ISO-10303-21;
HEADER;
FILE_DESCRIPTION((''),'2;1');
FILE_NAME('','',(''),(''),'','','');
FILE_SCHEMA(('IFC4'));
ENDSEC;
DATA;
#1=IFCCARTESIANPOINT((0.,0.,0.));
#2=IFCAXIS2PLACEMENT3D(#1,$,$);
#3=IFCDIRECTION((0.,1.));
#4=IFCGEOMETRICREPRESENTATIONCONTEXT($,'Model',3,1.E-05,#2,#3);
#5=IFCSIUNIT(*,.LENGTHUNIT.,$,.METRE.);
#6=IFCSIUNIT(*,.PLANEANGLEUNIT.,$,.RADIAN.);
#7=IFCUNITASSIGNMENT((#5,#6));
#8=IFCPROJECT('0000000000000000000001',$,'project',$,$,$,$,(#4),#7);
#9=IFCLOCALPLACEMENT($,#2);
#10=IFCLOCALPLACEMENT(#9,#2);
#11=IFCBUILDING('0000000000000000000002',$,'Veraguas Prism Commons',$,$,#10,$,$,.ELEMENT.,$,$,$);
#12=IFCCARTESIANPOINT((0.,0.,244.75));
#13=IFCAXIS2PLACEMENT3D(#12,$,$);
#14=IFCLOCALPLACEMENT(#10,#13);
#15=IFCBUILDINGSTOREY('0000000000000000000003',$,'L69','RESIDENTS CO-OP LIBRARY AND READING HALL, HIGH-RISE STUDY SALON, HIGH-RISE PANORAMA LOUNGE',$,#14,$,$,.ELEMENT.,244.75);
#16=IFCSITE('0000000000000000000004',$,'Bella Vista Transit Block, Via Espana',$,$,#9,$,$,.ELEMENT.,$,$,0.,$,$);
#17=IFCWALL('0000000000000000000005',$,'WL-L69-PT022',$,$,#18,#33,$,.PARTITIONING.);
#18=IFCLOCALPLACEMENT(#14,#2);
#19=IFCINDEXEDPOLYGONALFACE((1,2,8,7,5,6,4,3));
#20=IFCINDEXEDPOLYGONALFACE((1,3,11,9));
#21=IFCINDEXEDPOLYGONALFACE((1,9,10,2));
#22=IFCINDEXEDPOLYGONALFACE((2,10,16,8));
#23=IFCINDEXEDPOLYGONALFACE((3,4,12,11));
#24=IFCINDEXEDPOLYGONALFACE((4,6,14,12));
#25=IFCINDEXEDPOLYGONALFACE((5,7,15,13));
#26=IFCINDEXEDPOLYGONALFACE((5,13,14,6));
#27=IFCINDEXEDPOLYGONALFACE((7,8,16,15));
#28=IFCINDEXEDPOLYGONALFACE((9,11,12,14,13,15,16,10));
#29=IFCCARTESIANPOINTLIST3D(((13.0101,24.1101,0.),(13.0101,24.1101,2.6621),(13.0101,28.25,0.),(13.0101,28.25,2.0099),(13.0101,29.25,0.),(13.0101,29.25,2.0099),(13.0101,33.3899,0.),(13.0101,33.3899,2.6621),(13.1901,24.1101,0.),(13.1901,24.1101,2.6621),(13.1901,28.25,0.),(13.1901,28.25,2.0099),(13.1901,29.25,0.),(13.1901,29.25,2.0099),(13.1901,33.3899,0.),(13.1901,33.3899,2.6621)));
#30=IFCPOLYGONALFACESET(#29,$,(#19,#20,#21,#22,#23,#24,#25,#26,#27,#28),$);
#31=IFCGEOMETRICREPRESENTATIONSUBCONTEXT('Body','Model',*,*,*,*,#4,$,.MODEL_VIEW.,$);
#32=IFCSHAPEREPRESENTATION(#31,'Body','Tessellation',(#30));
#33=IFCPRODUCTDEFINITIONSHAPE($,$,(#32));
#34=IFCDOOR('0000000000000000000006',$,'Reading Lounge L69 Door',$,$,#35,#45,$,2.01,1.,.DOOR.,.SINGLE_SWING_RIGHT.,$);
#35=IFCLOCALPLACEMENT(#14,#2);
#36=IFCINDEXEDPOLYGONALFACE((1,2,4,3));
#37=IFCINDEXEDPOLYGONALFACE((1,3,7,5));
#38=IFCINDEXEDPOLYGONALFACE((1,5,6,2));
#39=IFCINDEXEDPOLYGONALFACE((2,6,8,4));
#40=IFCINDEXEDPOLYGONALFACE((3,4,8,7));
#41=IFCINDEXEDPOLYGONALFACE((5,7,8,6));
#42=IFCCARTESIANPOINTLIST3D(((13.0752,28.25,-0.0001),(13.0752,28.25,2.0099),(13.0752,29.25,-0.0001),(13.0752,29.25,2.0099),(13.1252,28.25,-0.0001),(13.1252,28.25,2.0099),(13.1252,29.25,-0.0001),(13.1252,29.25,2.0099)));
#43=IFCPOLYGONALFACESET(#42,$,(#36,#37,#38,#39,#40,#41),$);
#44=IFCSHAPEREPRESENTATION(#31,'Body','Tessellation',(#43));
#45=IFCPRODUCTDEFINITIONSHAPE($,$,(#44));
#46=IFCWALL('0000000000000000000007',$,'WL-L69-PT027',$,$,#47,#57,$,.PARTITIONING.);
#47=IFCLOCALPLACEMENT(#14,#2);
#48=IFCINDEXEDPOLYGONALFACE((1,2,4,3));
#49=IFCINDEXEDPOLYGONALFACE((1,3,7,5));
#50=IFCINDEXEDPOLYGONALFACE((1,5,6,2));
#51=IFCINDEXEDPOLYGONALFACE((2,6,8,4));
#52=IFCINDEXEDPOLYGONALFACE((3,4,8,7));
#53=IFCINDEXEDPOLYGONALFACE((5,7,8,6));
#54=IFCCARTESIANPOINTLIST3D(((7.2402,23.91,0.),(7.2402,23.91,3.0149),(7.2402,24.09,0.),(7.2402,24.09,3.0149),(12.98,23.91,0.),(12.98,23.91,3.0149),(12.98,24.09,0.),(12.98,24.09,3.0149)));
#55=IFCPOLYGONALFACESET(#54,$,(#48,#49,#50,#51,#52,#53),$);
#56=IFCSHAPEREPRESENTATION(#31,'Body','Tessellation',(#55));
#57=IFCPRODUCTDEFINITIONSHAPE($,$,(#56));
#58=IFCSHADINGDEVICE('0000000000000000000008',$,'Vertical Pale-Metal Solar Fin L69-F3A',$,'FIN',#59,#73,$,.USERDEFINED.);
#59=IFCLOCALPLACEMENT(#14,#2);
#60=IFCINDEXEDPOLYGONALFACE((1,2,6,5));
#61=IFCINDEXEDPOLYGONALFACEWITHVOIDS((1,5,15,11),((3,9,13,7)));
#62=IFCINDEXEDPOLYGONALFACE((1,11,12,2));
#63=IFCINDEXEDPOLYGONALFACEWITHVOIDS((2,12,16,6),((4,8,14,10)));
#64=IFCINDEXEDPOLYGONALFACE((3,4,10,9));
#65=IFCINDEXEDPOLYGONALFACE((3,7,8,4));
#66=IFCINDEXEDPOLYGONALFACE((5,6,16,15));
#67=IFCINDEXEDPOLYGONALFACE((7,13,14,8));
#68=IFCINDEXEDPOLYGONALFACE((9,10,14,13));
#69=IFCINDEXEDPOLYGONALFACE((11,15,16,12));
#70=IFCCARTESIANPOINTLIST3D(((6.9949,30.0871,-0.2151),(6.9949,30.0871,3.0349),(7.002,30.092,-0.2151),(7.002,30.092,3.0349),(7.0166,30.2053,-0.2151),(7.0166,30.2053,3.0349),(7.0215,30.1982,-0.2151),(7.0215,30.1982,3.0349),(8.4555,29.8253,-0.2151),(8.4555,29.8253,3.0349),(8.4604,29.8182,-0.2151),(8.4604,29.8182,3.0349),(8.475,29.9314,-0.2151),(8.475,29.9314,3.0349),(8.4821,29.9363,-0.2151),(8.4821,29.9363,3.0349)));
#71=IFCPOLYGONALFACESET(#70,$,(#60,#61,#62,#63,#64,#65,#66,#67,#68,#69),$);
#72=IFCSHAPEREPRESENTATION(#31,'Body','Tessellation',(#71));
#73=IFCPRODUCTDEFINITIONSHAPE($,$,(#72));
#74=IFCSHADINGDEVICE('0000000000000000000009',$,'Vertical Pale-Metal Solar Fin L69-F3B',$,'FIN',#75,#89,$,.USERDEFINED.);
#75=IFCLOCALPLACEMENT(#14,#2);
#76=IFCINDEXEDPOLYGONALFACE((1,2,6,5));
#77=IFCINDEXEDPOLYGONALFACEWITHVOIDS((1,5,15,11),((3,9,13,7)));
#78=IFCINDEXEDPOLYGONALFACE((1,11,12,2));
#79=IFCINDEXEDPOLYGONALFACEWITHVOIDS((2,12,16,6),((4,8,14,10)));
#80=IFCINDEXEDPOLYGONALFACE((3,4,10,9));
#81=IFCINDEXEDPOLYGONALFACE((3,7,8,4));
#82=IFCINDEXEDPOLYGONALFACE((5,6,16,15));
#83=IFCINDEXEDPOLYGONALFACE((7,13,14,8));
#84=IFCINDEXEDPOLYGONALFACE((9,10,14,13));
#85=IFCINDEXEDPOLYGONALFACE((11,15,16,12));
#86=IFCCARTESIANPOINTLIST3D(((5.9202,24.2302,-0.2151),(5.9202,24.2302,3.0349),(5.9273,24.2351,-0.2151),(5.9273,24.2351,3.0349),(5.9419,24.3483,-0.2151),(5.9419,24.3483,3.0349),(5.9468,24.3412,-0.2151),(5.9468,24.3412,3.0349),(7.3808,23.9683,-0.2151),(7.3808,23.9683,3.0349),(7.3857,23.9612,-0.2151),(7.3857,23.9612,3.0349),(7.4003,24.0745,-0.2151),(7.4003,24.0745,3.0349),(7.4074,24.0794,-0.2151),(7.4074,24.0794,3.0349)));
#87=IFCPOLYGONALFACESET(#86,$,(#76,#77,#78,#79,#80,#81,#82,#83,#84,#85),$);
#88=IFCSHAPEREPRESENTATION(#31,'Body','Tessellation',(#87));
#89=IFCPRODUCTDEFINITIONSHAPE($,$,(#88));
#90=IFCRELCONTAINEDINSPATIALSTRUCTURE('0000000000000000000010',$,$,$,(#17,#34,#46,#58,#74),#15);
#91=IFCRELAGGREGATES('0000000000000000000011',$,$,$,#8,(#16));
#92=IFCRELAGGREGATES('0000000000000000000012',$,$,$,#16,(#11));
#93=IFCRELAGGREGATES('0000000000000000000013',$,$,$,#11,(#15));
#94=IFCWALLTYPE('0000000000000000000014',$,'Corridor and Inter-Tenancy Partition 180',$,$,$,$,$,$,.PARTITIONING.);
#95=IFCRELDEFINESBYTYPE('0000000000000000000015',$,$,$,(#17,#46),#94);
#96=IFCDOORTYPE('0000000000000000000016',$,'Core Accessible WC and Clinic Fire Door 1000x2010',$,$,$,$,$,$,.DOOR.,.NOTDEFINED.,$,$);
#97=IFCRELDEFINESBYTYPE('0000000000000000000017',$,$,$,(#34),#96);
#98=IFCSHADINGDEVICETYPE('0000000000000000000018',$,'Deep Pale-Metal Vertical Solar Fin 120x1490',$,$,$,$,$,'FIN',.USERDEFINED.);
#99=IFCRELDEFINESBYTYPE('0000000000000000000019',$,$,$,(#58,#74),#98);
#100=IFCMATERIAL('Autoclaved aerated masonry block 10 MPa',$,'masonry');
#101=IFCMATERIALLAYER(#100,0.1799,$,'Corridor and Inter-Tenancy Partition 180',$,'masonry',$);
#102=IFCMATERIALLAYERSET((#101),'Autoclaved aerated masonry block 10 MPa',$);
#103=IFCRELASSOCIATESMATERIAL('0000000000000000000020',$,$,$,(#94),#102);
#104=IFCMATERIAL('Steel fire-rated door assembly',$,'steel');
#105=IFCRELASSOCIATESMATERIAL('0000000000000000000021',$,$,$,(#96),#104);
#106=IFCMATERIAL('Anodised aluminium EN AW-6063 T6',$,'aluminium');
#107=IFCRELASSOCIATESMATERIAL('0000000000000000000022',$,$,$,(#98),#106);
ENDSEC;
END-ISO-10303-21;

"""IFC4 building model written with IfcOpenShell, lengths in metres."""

from ifc_helpers import new_model, si_unit, direction, frame, frame_2d, origin, origin_2d, place, context, subcontext, project, spatial, rectangle, hollow_rectangle, extrude, source, transform, mapped, material, layer, layer_set, material_profile, profile_set, type_object, element, fill, save


model = new_model("IFC4")

# Units and contexts
model_context = context("Model", 3, precision=1e-05, world=origin(), true_north=direction((0.0, 1.0)))
body_context = subcontext(model_context, "Body", "Model", "MODEL_VIEW")
ifc_project = project(units=[si_unit("LENGTHUNIT", "METRE"), si_unit("PLANEANGLEUNIT", "RADIAN")], contexts=[model_context])

# Site, building, storey
site_placement = place(None, origin())
site = spatial("IfcSite", under=ifc_project, at=site_placement, Name="Bella Vista Transit Block, Via Espana", CompositionType="ELEMENT", RefElevation=0.0)
building_placement = place(site_placement, origin())
building = spatial("IfcBuilding", under=site, at=building_placement, Name="Veraguas Prism Commons", CompositionType="ELEMENT")
storey_placement = place(building_placement, frame((0.0, 0.0, 244.75)))
storey = spatial("IfcBuildingStorey", under=building, at=storey_placement, Name="L69", Description="RESIDENTS CO-OP LIBRARY AND READING HALL, HIGH-RISE STUDY SALON, HIGH-RISE PANORAMA LOUNGE", CompositionType="ELEMENT", Elevation=244.75)

# Shared definitions
ifc_material_1 = material(Name="Anodised aluminium EN AW-6063 T6", Category="aluminium")

# Wall, opening, door
ifc_material_2 = material(Name="Autoclaved aerated masonry block 10 MPa", Category="masonry")
ifc_layer_1 = layer(ifc_material_2, 0.1799, Name="Corridor and Inter-Tenancy Partition 180", Category="masonry")
ifc_layer_set_1 = layer_set([ifc_layer_1], Name="Autoclaved aerated masonry block 10 MPa")
wall_type = type_object("IfcWallType", Name="Corridor and Inter-Tenancy Partition 180", PredefinedType="PARTITIONING", material=ifc_layer_set_1)
wall_1_placement = place(storey_placement, frame((13.1001, 24.1101, 0.0), z_axis=(0.0, 0.0, 1.0), x_axis=(0.0, 1.0, 0.0)))
wall_1 = element("IfcWall", 1, at=wall_1_placement, inside=storey, type_object=wall_type, Name="WL-L69-PT022", PredefinedType="PARTITIONING", context=body_context, shape_type="SweptSolid", body=[
    extrude(rectangle(XDim=9.2798, YDim=0.1799, at=frame_2d((4.6399, 0.0))), origin(), (0.0, 0.0, 1.0), 2.6621),
])
opening_placement = place(wall_1_placement, frame((4.1399, 0.0, 0.0)))
opening = element("IfcOpeningElement", 2, at=opening_placement, cuts=wall_1, PredefinedType="OPENING", context=body_context, shape_type="SweptSolid", body=[
    extrude(rectangle(XDim=1.0, YDim=2.01, at=frame_2d((0.5, 1.0049))), frame((0.0, 0.0999, 0.0), z_axis=(0.0, -1.0, 0.0), x_axis=(1.0, 0.0, 0.0)), (0.0, 0.0, 1.0), 0.2),
])
ifc_material_3 = material(Name="Steel fire-rated door assembly", Category="steel")
door_type = type_object("IfcDoorType", Name="Core Accessible WC and Clinic Fire Door 1000x2010", OperationType="NOTDEFINED", PredefinedType="DOOR", material=ifc_material_3)
shared_shape_1 = source(origin(), body_context, "Body", "SweptSolid", [
    extrude(rectangle(XDim=1.0, YDim=2.01, at=frame_2d((0.5, 1.0049))), frame((0.0, 0.0249, 0.0), z_axis=(0.0, -1.0, 0.0), x_axis=(1.0, 0.0, 0.0)), (0.0, 0.0, 1.0), 0.05),
])
door_placement = place(opening_placement, origin())
door = element("IfcDoor", 3, at=door_placement, inside=storey, type_object=door_type, Name="Reading Lounge L69 Door", OperationType="SINGLE_SWING_RIGHT", OverallHeight=2.01, OverallWidth=1.0, PredefinedType="DOOR", context=body_context, shape_type="MappedRepresentation", body=[
    mapped(shared_shape_1, transform((0.0, 0.0, 0.0), scale=1.0)),
])
fill(opening, door)

# Wall
wall_2_placement = place(storey_placement, frame((12.98, 24.0, 0.0), z_axis=(0.0, 0.0, 1.0), x_axis=(-1.0, 0.0, 0.0)))
element("IfcWall", 4, at=wall_2_placement, inside=storey, type_object=wall_type, Name="WL-L69-PT027", PredefinedType="PARTITIONING", context=body_context, shape_type="SweptSolid", body=[
    extrude(rectangle(XDim=5.7397, YDim=0.1799, at=frame_2d((2.8699, 0.0))), origin(), (0.0, 0.0, 1.0), 3.0149),
])

# Shading devices
ifc_material_profile_1 = material_profile(ifc_material_1, hollow_rectangle(XDim=0.1201, YDim=1.49, WallThickness=0.0061, at=origin_2d()), Name="FIN120X1490X6")
ifc_profile_set_1 = profile_set([ifc_material_profile_1], Name="Anodised aluminium EN AW-6063 T6")
shading_device_type = type_object("IfcShadingDeviceType", Name="Deep Pale-Metal Vertical Solar Fin 120x1490", ElementType="FIN", PredefinedType="USERDEFINED", material=ifc_profile_set_1)
for number, where, z_axis, x_axis, name in (
    (5, (7.7385, 30.0117, -0.2151), (0.0, 0.0, 1.0), (-0.180519, -0.983571, 0.0), "Vertical Pale-Metal Solar Fin L69-F3A"),
    (6, (6.6638, 24.1548, -0.2151), (0.0, 0.0, 1.0), (-0.180519, -0.983571, 0.0), "Vertical Pale-Metal Solar Fin L69-F3B"),
):
    element("IfcShadingDevice", number, at=place(storey_placement, frame(where, z_axis=z_axis, x_axis=x_axis)), inside=storey, type_object=shading_device_type, Name=name, ObjectType="FIN", PredefinedType="USERDEFINED", context=body_context, shape_type="SweptSolid", body=[
        extrude(hollow_rectangle(XDim=0.1201, YDim=1.49, WallThickness=0.0061, at=origin_2d()), origin(), (0.0, 0.0, 1.0), 3.25),
    ])

save(model, "model.ifc")
